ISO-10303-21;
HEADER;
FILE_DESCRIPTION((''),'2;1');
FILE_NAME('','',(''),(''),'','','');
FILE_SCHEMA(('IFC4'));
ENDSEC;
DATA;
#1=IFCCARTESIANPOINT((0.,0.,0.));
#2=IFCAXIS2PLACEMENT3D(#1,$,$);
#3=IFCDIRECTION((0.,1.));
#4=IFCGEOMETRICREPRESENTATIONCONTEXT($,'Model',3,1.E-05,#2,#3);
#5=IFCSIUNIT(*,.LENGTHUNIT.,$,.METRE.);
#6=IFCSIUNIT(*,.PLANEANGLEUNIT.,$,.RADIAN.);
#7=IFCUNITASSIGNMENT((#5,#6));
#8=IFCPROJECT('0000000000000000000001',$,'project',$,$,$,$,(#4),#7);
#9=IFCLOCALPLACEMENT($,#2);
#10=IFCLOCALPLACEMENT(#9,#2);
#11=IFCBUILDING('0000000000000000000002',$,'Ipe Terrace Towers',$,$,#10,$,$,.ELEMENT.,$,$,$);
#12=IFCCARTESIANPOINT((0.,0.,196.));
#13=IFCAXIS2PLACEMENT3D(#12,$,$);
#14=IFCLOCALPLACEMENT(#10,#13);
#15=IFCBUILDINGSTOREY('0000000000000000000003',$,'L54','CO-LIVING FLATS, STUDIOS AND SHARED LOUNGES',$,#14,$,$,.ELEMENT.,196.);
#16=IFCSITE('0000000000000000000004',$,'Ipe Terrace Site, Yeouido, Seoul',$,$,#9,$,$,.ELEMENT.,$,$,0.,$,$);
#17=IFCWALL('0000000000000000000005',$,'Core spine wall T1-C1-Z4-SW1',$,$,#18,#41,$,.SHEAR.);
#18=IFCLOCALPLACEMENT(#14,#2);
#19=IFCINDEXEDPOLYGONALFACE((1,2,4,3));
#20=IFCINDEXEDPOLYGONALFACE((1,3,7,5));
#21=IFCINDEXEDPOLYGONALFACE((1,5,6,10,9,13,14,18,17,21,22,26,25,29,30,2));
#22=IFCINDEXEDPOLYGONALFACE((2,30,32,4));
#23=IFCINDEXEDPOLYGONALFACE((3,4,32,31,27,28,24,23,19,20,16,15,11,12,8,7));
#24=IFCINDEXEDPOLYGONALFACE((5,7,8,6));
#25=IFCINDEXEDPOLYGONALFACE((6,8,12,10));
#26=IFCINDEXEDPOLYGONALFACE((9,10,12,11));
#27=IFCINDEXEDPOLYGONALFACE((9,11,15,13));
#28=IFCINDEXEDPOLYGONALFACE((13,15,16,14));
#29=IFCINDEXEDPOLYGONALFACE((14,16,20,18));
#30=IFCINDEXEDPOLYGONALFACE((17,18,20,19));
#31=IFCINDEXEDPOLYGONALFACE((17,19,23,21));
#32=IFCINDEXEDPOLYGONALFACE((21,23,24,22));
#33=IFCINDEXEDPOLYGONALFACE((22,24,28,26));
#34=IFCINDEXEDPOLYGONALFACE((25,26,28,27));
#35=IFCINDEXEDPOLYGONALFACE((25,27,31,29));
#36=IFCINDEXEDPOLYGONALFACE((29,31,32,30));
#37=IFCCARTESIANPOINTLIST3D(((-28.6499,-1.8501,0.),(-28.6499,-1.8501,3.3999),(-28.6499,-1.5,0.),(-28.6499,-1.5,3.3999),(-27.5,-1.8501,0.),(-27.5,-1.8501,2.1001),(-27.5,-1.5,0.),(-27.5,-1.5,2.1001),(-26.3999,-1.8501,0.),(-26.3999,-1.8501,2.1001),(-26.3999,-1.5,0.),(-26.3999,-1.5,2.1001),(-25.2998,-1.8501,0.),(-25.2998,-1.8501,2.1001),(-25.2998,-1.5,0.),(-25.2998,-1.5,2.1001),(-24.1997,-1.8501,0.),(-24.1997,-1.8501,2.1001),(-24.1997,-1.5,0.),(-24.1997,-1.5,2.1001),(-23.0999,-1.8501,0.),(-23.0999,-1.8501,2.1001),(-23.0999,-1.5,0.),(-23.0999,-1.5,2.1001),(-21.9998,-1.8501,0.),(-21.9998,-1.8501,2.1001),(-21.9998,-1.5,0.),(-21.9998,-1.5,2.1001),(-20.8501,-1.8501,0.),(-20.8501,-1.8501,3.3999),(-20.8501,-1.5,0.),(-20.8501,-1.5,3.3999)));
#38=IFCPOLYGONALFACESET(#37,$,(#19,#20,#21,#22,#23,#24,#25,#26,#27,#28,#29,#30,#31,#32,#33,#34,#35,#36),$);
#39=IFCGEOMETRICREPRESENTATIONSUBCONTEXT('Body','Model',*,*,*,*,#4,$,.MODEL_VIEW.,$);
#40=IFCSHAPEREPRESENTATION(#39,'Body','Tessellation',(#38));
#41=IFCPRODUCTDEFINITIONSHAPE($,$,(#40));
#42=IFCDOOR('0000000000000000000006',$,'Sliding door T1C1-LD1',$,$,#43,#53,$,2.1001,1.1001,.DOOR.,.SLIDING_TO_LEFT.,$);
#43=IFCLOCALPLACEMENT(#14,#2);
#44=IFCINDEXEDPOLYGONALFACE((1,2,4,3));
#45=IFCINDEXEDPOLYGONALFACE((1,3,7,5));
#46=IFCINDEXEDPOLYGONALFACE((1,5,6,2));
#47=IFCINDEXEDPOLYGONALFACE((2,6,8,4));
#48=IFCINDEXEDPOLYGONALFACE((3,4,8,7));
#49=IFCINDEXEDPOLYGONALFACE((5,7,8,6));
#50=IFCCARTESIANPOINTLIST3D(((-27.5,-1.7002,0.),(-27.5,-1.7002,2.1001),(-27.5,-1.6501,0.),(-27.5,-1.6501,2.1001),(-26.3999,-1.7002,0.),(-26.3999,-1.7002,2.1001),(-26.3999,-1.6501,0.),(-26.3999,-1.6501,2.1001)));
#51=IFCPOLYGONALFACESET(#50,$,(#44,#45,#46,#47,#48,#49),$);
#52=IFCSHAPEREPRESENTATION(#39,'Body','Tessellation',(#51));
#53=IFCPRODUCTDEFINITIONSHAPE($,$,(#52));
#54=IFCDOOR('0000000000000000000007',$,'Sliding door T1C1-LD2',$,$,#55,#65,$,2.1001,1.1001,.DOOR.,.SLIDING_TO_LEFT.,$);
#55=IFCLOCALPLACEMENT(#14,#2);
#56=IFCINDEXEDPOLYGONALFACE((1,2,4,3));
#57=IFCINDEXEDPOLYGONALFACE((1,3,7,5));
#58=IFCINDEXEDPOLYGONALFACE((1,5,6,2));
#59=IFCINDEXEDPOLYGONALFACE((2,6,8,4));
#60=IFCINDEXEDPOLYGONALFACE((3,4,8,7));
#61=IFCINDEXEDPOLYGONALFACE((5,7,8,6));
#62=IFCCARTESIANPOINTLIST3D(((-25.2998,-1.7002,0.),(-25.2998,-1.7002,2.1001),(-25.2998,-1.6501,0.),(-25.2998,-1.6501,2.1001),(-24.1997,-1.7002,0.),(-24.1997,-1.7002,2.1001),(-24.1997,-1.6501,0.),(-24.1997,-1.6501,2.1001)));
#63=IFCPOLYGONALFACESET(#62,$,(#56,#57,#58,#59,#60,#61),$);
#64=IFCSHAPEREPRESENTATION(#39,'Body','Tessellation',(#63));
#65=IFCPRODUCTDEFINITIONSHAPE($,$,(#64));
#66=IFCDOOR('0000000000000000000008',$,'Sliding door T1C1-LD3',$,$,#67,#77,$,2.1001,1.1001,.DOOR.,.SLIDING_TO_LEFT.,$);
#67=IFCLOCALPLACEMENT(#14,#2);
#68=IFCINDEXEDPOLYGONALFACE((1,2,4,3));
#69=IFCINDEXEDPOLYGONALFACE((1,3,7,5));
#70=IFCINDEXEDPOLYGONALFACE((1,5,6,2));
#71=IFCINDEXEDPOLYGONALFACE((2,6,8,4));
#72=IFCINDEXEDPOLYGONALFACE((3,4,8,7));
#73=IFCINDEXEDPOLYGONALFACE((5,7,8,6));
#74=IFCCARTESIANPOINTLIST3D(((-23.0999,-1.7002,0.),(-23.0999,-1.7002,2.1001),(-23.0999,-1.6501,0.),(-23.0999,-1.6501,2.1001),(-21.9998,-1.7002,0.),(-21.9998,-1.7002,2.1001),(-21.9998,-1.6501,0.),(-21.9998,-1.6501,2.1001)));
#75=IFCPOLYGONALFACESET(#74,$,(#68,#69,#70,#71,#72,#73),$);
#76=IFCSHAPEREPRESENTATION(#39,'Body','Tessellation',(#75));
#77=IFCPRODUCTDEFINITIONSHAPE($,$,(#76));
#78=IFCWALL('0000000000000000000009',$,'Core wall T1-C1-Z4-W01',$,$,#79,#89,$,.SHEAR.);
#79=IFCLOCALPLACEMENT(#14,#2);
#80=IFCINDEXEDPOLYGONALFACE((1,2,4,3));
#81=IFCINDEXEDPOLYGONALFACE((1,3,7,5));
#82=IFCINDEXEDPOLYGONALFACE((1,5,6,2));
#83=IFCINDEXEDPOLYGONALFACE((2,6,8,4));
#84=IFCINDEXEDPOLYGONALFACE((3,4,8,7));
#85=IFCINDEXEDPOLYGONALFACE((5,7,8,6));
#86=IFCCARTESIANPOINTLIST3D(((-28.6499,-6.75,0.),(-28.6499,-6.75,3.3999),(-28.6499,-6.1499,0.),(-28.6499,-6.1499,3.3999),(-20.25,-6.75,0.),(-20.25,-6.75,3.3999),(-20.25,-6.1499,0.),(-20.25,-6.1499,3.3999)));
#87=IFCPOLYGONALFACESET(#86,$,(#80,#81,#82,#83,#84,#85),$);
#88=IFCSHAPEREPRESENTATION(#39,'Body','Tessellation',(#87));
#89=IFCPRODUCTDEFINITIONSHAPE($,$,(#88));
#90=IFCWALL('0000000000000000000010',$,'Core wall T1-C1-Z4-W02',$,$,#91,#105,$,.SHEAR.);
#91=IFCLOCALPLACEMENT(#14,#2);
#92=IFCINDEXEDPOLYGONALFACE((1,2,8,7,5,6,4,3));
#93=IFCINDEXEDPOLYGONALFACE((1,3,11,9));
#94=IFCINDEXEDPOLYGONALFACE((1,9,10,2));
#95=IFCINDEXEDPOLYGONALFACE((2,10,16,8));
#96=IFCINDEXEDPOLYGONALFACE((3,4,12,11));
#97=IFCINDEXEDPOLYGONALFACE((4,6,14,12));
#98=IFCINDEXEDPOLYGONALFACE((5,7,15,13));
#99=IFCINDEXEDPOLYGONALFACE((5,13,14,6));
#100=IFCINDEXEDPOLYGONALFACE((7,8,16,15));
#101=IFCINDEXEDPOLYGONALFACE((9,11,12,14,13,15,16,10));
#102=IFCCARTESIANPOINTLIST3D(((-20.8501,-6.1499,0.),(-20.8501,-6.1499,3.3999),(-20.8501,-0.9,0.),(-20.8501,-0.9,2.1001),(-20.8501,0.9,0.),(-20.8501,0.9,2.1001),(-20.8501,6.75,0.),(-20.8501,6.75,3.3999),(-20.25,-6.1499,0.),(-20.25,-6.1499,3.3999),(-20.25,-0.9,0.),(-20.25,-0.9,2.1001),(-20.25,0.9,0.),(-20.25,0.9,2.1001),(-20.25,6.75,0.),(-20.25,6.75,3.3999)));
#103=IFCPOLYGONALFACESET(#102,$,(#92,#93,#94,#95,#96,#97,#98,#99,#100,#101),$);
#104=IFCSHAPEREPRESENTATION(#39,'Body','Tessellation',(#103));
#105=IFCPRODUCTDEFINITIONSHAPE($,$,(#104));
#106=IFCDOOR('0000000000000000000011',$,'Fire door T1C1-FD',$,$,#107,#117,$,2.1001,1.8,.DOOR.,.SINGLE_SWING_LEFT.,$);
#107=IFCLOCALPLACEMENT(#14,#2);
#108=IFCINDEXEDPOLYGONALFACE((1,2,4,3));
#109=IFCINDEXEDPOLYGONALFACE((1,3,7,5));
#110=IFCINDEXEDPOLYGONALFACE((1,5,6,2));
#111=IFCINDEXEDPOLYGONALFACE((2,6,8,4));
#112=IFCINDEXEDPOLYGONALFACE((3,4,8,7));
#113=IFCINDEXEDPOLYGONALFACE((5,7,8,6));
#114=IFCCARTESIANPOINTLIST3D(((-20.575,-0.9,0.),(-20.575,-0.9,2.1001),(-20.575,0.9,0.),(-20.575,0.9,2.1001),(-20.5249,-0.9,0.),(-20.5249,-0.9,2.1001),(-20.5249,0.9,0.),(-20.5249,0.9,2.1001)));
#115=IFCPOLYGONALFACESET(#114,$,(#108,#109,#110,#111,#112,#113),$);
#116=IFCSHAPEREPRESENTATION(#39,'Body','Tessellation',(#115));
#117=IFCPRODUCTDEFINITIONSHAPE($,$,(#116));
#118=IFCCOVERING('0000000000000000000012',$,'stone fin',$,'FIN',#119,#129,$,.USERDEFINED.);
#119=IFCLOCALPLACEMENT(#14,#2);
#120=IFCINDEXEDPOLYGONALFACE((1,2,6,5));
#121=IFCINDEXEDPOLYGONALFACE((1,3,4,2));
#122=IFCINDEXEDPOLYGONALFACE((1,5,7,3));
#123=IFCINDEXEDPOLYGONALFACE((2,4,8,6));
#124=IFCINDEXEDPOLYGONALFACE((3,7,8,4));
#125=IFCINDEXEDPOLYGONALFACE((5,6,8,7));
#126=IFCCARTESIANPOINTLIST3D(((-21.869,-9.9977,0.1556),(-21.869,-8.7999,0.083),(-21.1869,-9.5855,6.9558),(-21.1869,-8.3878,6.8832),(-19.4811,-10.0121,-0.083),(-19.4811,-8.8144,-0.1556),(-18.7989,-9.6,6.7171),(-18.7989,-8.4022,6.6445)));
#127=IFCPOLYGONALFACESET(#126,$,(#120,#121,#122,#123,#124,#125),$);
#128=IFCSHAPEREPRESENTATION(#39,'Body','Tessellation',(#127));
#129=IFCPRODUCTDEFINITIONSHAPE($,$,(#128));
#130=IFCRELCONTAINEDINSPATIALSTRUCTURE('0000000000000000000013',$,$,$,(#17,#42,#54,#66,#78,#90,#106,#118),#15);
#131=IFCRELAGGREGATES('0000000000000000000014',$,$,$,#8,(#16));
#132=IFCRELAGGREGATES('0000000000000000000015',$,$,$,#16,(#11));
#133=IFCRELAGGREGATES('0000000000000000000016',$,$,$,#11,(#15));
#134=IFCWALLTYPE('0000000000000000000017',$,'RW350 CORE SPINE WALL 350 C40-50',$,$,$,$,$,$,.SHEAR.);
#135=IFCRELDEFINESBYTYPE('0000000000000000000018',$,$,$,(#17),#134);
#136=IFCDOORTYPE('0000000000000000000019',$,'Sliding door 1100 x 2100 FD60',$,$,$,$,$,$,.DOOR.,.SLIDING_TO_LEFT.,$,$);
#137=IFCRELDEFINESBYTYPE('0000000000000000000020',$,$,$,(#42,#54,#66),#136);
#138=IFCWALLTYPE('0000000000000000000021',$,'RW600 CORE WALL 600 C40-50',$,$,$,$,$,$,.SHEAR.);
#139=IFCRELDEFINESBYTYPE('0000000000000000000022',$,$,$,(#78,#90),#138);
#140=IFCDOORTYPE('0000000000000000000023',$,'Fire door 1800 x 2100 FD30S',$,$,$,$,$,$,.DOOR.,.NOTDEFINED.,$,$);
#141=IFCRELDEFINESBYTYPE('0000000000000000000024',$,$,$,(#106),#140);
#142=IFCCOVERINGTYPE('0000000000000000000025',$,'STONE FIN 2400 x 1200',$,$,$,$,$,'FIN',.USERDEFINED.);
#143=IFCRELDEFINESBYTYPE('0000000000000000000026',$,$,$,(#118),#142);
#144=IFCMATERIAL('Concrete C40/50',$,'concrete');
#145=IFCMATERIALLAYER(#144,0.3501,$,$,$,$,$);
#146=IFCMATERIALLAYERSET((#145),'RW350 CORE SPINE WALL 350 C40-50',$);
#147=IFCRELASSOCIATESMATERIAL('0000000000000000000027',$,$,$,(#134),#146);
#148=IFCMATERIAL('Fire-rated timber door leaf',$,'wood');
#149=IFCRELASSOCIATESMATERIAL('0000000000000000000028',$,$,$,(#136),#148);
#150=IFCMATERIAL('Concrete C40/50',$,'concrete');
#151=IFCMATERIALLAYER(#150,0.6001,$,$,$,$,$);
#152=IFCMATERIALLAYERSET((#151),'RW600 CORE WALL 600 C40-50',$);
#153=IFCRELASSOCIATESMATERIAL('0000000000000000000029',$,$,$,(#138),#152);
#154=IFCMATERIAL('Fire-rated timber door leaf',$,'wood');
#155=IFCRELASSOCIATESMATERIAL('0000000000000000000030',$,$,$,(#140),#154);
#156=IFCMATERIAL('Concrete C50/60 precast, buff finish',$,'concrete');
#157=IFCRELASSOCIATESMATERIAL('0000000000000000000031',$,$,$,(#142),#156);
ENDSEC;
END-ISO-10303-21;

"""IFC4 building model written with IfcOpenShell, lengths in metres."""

from ifc_helpers import new_model, si_unit, direction, frame, frame_2d, origin, origin_2d, place, context, subcontext, project, spatial, rectangle, extrude, material, layer, layer_set, material_profile, profile_set, type_object, element, fill, save


model = new_model("IFC4")

# Units and contexts
model_context = context("Model", 3, precision=1e-05, world=origin(), true_north=direction((0.0, 1.0)))
body_context = subcontext(model_context, "Body", "Model", "MODEL_VIEW")
ifc_project = project(units=[si_unit("LENGTHUNIT", "METRE"), si_unit("PLANEANGLEUNIT", "RADIAN")], contexts=[model_context])

# Site, building, storey
site_placement = place(None, origin())
site = spatial("IfcSite", under=ifc_project, at=site_placement, Name="Ipe Terrace Site, Yeouido, Seoul", CompositionType="ELEMENT", RefElevation=0.0)
building_placement = place(site_placement, origin())
building = spatial("IfcBuilding", under=site, at=building_placement, Name="Ipe Terrace Towers", CompositionType="ELEMENT")
storey_placement = place(building_placement, frame((0.0, 0.0, 196.0)))
storey = spatial("IfcBuildingStorey", under=building, at=storey_placement, Name="L54", Description="CO-LIVING FLATS, STUDIOS AND SHARED LOUNGES", CompositionType="ELEMENT", Elevation=196.0)

# Wall, openings, doors
ifc_material_1 = material(Name="Concrete C40/50", Category="concrete")
ifc_layer_1 = layer(ifc_material_1, 0.3501)
ifc_layer_set_1 = layer_set([ifc_layer_1], Name="RW350 CORE SPINE WALL 350 C40-50")
wall_type_1 = type_object("IfcWallType", Name="RW350 CORE SPINE WALL 350 C40-50", PredefinedType="SHEAR", material=ifc_layer_set_1)
wall_1_placement = place(storey_placement, frame((-28.6499, -1.675, 0.0), z_axis=(0.0, 0.0, 1.0), x_axis=(1.0, 0.0, 0.0)))
wall_1 = element("IfcWall", 1, at=wall_1_placement, inside=storey, type_object=wall_type_1, Name="Core spine wall T1-C1-Z4-SW1", PredefinedType="SHEAR", context=body_context, shape_type="SweptSolid", body=[
    extrude(rectangle(XDim=7.7998, YDim=0.3501, at=frame_2d((3.8999, 0.0))), origin(), (0.0, 0.0, 1.0), 3.3999),
])
opening_1_placement = place(wall_1_placement, frame((1.1499, 0.0, 0.0)))
opening_1 = element("IfcOpeningElement", 2, at=opening_1_placement, cuts=wall_1, PredefinedType="OPENING", context=body_context, shape_type="SweptSolid", body=[
    extrude(rectangle(XDim=1.1001, YDim=2.1001, at=frame_2d((0.55, 1.05))), frame((0.0, 0.1851, 0.0), z_axis=(0.0, -1.0, 0.0), x_axis=(1.0, 0.0, 0.0)), (0.0, 0.0, 1.0), 0.3701),
])
opening_2_placement = place(wall_1_placement, frame((3.3501, 0.0, 0.0)))
opening_2 = element("IfcOpeningElement", 3, at=opening_2_placement, cuts=wall_1, PredefinedType="OPENING", context=body_context, shape_type="SweptSolid", body=[
    extrude(rectangle(XDim=1.1001, YDim=2.1001, at=frame_2d((0.55, 1.05))), frame((0.0, 0.1851, 0.0), z_axis=(0.0, -1.0, 0.0), x_axis=(1.0, 0.0, 0.0)), (0.0, 0.0, 1.0), 0.3701),
])
opening_3_placement = place(wall_1_placement, frame((5.55, 0.0, 0.0)))
opening_3 = element("IfcOpeningElement", 4, at=opening_3_placement, cuts=wall_1, PredefinedType="OPENING", context=body_context, shape_type="SweptSolid", body=[
    extrude(rectangle(XDim=1.1001, YDim=2.1001, at=frame_2d((0.55, 1.05))), frame((0.0, 0.1851, 0.0), z_axis=(0.0, -1.0, 0.0), x_axis=(1.0, 0.0, 0.0)), (0.0, 0.0, 1.0), 0.3701),
])
ifc_material_2 = material(Name="Fire-rated timber door leaf", Category="wood")
door_type_1 = type_object("IfcDoorType", Name="Sliding door 1100 x 2100 FD60", OperationType="SLIDING_TO_LEFT", PredefinedType="DOOR", material=ifc_material_2)
door_1_placement = place(opening_1_placement, origin())
door_1 = element("IfcDoor", 5, at=door_1_placement, inside=storey, type_object=door_type_1, Name="Sliding door T1C1-LD1", OperationType="SLIDING_TO_LEFT", OverallHeight=2.1001, OverallWidth=1.1001, PredefinedType="DOOR", context=body_context, shape_type="SweptSolid", body=[
    extrude(rectangle(XDim=1.1001, YDim=2.1001, at=frame_2d((0.55, 1.05))), frame((0.0, 0.0249, 0.0), z_axis=(0.0, -1.0, 0.0), x_axis=(1.0, 0.0, 0.0)), (0.0, 0.0, 1.0), 0.05),
])
fill(opening_1, door_1)
door_2_placement = place(opening_2_placement, origin())
door_2 = element("IfcDoor", 6, at=door_2_placement, inside=storey, type_object=door_type_1, Name="Sliding door T1C1-LD2", OperationType="SLIDING_TO_LEFT", OverallHeight=2.1001, OverallWidth=1.1001, PredefinedType="DOOR", context=body_context, shape_type="SweptSolid", body=[
    extrude(rectangle(XDim=1.1001, YDim=2.1001, at=frame_2d((0.55, 1.05))), frame((0.0, 0.0249, 0.0), z_axis=(0.0, -1.0, 0.0), x_axis=(1.0, 0.0, 0.0)), (0.0, 0.0, 1.0), 0.05),
])
fill(opening_2, door_2)
door_3_placement = place(opening_3_placement, origin())
door_3 = element("IfcDoor", 7, at=door_3_placement, inside=storey, type_object=door_type_1, Name="Sliding door T1C1-LD3", OperationType="SLIDING_TO_LEFT", OverallHeight=2.1001, OverallWidth=1.1001, PredefinedType="DOOR", context=body_context, shape_type="SweptSolid", body=[
    extrude(rectangle(XDim=1.1001, YDim=2.1001, at=frame_2d((0.55, 1.05))), frame((0.0, 0.0249, 0.0), z_axis=(0.0, -1.0, 0.0), x_axis=(1.0, 0.0, 0.0)), (0.0, 0.0, 1.0), 0.05),
])
fill(opening_3, door_3)

# Wall
ifc_material_3 = material(Name="Concrete C40/50", Category="concrete")
ifc_layer_2 = layer(ifc_material_3, 0.6001)
ifc_layer_set_2 = layer_set([ifc_layer_2], Name="RW600 CORE WALL 600 C40-50")
wall_type_2 = type_object("IfcWallType", Name="RW600 CORE WALL 600 C40-50", PredefinedType="SHEAR", material=ifc_layer_set_2)
wall_2_placement = place(storey_placement, frame((-28.6499, -6.45, 0.0), z_axis=(0.0, 0.0, 1.0), x_axis=(1.0, 0.0, 0.0)))
element("IfcWall", 8, at=wall_2_placement, inside=storey, type_object=wall_type_2, Name="Core wall T1-C1-Z4-W01", PredefinedType="SHEAR", context=body_context, shape_type="SweptSolid", body=[
    extrude(rectangle(XDim=8.3999, YDim=0.6001, at=frame_2d((4.2, 0.0))), origin(), (0.0, 0.0, 1.0), 3.3999),
])

# Wall, opening, door
wall_3_placement = place(storey_placement, frame((-20.55, -6.1499, 0.0), z_axis=(0.0, 0.0, 1.0), x_axis=(0.0, 1.0, 0.0)))
wall_3 = element("IfcWall", 9, at=wall_3_placement, inside=storey, type_object=wall_type_2, Name="Core wall T1-C1-Z4-W02", PredefinedType="SHEAR", context=body_context, shape_type="SweptSolid", body=[
    extrude(rectangle(XDim=12.8999, YDim=0.6001, at=frame_2d((6.45, 0.0))), origin(), (0.0, 0.0, 1.0), 3.3999),
])
opening_4_placement = place(wall_3_placement, frame((5.25, 0.0, 0.0)))
opening_4 = element("IfcOpeningElement", 10, at=opening_4_placement, cuts=wall_3, PredefinedType="OPENING", context=body_context, shape_type="SweptSolid", body=[
    extrude(rectangle(XDim=1.8, YDim=2.1001, at=frame_2d((0.8999, 1.05))), frame((0.0, 0.3101, 0.0), z_axis=(0.0, -1.0, 0.0), x_axis=(1.0, 0.0, 0.0)), (0.0, 0.0, 1.0), 0.6201),
])
ifc_material_4 = material(Name="Fire-rated timber door leaf", Category="wood")
door_type_2 = type_object("IfcDoorType", Name="Fire door 1800 x 2100 FD30S", OperationType="NOTDEFINED", PredefinedType="DOOR", material=ifc_material_4)
door_4_placement = place(opening_4_placement, origin())
door_4 = element("IfcDoor", 11, at=door_4_placement, inside=storey, type_object=door_type_2, Name="Fire door T1C1-FD", OperationType="SINGLE_SWING_LEFT", OverallHeight=2.1001, OverallWidth=1.8, PredefinedType="DOOR", context=body_context, shape_type="SweptSolid", body=[
    extrude(rectangle(XDim=1.8, YDim=2.1001, at=frame_2d((0.8999, 1.05))), frame((0.0, 0.0249, 0.0), z_axis=(0.0, -1.0, 0.0), x_axis=(1.0, 0.0, 0.0)), (0.0, 0.0, 1.0), 0.05),
])
fill(opening_4, door_4)

# Covering
ifc_material_5 = material(Name="Concrete C50/60 precast, buff finish", Category="concrete")
ifc_material_profile_1 = material_profile(ifc_material_5, rectangle(XDim=2.3999, YDim=1.2, at=origin_2d()), Name="STONE FIN 2400 x 1200")
ifc_profile_set_1 = profile_set([ifc_material_profile_1], Name="Concrete C50/60 precast, buff finish")
covering_type = type_object("IfcCoveringType", Name="STONE FIN 2400 x 1200", ElementType="FIN", PredefinedType="USERDEFINED", material=ifc_profile_set_1)
covering_placement = place(storey_placement, frame((-20.675, -9.406, 0.0), z_axis=(0.09963, 0.060192, 0.993202), x_axis=(0.995025, -0.006027, -0.099448)))
element("IfcCovering", 12, at=covering_placement, inside=storey, type_object=covering_type, Name="stone fin", ObjectType="FIN", PredefinedType="USERDEFINED", context=body_context, shape_type="SweptSolid", body=[
    extrude(rectangle(XDim=2.3999, YDim=1.2, at=origin_2d()), origin(), (0.0, 0.0, 1.0), 6.8467),
])

save(model, "model.ifc")
